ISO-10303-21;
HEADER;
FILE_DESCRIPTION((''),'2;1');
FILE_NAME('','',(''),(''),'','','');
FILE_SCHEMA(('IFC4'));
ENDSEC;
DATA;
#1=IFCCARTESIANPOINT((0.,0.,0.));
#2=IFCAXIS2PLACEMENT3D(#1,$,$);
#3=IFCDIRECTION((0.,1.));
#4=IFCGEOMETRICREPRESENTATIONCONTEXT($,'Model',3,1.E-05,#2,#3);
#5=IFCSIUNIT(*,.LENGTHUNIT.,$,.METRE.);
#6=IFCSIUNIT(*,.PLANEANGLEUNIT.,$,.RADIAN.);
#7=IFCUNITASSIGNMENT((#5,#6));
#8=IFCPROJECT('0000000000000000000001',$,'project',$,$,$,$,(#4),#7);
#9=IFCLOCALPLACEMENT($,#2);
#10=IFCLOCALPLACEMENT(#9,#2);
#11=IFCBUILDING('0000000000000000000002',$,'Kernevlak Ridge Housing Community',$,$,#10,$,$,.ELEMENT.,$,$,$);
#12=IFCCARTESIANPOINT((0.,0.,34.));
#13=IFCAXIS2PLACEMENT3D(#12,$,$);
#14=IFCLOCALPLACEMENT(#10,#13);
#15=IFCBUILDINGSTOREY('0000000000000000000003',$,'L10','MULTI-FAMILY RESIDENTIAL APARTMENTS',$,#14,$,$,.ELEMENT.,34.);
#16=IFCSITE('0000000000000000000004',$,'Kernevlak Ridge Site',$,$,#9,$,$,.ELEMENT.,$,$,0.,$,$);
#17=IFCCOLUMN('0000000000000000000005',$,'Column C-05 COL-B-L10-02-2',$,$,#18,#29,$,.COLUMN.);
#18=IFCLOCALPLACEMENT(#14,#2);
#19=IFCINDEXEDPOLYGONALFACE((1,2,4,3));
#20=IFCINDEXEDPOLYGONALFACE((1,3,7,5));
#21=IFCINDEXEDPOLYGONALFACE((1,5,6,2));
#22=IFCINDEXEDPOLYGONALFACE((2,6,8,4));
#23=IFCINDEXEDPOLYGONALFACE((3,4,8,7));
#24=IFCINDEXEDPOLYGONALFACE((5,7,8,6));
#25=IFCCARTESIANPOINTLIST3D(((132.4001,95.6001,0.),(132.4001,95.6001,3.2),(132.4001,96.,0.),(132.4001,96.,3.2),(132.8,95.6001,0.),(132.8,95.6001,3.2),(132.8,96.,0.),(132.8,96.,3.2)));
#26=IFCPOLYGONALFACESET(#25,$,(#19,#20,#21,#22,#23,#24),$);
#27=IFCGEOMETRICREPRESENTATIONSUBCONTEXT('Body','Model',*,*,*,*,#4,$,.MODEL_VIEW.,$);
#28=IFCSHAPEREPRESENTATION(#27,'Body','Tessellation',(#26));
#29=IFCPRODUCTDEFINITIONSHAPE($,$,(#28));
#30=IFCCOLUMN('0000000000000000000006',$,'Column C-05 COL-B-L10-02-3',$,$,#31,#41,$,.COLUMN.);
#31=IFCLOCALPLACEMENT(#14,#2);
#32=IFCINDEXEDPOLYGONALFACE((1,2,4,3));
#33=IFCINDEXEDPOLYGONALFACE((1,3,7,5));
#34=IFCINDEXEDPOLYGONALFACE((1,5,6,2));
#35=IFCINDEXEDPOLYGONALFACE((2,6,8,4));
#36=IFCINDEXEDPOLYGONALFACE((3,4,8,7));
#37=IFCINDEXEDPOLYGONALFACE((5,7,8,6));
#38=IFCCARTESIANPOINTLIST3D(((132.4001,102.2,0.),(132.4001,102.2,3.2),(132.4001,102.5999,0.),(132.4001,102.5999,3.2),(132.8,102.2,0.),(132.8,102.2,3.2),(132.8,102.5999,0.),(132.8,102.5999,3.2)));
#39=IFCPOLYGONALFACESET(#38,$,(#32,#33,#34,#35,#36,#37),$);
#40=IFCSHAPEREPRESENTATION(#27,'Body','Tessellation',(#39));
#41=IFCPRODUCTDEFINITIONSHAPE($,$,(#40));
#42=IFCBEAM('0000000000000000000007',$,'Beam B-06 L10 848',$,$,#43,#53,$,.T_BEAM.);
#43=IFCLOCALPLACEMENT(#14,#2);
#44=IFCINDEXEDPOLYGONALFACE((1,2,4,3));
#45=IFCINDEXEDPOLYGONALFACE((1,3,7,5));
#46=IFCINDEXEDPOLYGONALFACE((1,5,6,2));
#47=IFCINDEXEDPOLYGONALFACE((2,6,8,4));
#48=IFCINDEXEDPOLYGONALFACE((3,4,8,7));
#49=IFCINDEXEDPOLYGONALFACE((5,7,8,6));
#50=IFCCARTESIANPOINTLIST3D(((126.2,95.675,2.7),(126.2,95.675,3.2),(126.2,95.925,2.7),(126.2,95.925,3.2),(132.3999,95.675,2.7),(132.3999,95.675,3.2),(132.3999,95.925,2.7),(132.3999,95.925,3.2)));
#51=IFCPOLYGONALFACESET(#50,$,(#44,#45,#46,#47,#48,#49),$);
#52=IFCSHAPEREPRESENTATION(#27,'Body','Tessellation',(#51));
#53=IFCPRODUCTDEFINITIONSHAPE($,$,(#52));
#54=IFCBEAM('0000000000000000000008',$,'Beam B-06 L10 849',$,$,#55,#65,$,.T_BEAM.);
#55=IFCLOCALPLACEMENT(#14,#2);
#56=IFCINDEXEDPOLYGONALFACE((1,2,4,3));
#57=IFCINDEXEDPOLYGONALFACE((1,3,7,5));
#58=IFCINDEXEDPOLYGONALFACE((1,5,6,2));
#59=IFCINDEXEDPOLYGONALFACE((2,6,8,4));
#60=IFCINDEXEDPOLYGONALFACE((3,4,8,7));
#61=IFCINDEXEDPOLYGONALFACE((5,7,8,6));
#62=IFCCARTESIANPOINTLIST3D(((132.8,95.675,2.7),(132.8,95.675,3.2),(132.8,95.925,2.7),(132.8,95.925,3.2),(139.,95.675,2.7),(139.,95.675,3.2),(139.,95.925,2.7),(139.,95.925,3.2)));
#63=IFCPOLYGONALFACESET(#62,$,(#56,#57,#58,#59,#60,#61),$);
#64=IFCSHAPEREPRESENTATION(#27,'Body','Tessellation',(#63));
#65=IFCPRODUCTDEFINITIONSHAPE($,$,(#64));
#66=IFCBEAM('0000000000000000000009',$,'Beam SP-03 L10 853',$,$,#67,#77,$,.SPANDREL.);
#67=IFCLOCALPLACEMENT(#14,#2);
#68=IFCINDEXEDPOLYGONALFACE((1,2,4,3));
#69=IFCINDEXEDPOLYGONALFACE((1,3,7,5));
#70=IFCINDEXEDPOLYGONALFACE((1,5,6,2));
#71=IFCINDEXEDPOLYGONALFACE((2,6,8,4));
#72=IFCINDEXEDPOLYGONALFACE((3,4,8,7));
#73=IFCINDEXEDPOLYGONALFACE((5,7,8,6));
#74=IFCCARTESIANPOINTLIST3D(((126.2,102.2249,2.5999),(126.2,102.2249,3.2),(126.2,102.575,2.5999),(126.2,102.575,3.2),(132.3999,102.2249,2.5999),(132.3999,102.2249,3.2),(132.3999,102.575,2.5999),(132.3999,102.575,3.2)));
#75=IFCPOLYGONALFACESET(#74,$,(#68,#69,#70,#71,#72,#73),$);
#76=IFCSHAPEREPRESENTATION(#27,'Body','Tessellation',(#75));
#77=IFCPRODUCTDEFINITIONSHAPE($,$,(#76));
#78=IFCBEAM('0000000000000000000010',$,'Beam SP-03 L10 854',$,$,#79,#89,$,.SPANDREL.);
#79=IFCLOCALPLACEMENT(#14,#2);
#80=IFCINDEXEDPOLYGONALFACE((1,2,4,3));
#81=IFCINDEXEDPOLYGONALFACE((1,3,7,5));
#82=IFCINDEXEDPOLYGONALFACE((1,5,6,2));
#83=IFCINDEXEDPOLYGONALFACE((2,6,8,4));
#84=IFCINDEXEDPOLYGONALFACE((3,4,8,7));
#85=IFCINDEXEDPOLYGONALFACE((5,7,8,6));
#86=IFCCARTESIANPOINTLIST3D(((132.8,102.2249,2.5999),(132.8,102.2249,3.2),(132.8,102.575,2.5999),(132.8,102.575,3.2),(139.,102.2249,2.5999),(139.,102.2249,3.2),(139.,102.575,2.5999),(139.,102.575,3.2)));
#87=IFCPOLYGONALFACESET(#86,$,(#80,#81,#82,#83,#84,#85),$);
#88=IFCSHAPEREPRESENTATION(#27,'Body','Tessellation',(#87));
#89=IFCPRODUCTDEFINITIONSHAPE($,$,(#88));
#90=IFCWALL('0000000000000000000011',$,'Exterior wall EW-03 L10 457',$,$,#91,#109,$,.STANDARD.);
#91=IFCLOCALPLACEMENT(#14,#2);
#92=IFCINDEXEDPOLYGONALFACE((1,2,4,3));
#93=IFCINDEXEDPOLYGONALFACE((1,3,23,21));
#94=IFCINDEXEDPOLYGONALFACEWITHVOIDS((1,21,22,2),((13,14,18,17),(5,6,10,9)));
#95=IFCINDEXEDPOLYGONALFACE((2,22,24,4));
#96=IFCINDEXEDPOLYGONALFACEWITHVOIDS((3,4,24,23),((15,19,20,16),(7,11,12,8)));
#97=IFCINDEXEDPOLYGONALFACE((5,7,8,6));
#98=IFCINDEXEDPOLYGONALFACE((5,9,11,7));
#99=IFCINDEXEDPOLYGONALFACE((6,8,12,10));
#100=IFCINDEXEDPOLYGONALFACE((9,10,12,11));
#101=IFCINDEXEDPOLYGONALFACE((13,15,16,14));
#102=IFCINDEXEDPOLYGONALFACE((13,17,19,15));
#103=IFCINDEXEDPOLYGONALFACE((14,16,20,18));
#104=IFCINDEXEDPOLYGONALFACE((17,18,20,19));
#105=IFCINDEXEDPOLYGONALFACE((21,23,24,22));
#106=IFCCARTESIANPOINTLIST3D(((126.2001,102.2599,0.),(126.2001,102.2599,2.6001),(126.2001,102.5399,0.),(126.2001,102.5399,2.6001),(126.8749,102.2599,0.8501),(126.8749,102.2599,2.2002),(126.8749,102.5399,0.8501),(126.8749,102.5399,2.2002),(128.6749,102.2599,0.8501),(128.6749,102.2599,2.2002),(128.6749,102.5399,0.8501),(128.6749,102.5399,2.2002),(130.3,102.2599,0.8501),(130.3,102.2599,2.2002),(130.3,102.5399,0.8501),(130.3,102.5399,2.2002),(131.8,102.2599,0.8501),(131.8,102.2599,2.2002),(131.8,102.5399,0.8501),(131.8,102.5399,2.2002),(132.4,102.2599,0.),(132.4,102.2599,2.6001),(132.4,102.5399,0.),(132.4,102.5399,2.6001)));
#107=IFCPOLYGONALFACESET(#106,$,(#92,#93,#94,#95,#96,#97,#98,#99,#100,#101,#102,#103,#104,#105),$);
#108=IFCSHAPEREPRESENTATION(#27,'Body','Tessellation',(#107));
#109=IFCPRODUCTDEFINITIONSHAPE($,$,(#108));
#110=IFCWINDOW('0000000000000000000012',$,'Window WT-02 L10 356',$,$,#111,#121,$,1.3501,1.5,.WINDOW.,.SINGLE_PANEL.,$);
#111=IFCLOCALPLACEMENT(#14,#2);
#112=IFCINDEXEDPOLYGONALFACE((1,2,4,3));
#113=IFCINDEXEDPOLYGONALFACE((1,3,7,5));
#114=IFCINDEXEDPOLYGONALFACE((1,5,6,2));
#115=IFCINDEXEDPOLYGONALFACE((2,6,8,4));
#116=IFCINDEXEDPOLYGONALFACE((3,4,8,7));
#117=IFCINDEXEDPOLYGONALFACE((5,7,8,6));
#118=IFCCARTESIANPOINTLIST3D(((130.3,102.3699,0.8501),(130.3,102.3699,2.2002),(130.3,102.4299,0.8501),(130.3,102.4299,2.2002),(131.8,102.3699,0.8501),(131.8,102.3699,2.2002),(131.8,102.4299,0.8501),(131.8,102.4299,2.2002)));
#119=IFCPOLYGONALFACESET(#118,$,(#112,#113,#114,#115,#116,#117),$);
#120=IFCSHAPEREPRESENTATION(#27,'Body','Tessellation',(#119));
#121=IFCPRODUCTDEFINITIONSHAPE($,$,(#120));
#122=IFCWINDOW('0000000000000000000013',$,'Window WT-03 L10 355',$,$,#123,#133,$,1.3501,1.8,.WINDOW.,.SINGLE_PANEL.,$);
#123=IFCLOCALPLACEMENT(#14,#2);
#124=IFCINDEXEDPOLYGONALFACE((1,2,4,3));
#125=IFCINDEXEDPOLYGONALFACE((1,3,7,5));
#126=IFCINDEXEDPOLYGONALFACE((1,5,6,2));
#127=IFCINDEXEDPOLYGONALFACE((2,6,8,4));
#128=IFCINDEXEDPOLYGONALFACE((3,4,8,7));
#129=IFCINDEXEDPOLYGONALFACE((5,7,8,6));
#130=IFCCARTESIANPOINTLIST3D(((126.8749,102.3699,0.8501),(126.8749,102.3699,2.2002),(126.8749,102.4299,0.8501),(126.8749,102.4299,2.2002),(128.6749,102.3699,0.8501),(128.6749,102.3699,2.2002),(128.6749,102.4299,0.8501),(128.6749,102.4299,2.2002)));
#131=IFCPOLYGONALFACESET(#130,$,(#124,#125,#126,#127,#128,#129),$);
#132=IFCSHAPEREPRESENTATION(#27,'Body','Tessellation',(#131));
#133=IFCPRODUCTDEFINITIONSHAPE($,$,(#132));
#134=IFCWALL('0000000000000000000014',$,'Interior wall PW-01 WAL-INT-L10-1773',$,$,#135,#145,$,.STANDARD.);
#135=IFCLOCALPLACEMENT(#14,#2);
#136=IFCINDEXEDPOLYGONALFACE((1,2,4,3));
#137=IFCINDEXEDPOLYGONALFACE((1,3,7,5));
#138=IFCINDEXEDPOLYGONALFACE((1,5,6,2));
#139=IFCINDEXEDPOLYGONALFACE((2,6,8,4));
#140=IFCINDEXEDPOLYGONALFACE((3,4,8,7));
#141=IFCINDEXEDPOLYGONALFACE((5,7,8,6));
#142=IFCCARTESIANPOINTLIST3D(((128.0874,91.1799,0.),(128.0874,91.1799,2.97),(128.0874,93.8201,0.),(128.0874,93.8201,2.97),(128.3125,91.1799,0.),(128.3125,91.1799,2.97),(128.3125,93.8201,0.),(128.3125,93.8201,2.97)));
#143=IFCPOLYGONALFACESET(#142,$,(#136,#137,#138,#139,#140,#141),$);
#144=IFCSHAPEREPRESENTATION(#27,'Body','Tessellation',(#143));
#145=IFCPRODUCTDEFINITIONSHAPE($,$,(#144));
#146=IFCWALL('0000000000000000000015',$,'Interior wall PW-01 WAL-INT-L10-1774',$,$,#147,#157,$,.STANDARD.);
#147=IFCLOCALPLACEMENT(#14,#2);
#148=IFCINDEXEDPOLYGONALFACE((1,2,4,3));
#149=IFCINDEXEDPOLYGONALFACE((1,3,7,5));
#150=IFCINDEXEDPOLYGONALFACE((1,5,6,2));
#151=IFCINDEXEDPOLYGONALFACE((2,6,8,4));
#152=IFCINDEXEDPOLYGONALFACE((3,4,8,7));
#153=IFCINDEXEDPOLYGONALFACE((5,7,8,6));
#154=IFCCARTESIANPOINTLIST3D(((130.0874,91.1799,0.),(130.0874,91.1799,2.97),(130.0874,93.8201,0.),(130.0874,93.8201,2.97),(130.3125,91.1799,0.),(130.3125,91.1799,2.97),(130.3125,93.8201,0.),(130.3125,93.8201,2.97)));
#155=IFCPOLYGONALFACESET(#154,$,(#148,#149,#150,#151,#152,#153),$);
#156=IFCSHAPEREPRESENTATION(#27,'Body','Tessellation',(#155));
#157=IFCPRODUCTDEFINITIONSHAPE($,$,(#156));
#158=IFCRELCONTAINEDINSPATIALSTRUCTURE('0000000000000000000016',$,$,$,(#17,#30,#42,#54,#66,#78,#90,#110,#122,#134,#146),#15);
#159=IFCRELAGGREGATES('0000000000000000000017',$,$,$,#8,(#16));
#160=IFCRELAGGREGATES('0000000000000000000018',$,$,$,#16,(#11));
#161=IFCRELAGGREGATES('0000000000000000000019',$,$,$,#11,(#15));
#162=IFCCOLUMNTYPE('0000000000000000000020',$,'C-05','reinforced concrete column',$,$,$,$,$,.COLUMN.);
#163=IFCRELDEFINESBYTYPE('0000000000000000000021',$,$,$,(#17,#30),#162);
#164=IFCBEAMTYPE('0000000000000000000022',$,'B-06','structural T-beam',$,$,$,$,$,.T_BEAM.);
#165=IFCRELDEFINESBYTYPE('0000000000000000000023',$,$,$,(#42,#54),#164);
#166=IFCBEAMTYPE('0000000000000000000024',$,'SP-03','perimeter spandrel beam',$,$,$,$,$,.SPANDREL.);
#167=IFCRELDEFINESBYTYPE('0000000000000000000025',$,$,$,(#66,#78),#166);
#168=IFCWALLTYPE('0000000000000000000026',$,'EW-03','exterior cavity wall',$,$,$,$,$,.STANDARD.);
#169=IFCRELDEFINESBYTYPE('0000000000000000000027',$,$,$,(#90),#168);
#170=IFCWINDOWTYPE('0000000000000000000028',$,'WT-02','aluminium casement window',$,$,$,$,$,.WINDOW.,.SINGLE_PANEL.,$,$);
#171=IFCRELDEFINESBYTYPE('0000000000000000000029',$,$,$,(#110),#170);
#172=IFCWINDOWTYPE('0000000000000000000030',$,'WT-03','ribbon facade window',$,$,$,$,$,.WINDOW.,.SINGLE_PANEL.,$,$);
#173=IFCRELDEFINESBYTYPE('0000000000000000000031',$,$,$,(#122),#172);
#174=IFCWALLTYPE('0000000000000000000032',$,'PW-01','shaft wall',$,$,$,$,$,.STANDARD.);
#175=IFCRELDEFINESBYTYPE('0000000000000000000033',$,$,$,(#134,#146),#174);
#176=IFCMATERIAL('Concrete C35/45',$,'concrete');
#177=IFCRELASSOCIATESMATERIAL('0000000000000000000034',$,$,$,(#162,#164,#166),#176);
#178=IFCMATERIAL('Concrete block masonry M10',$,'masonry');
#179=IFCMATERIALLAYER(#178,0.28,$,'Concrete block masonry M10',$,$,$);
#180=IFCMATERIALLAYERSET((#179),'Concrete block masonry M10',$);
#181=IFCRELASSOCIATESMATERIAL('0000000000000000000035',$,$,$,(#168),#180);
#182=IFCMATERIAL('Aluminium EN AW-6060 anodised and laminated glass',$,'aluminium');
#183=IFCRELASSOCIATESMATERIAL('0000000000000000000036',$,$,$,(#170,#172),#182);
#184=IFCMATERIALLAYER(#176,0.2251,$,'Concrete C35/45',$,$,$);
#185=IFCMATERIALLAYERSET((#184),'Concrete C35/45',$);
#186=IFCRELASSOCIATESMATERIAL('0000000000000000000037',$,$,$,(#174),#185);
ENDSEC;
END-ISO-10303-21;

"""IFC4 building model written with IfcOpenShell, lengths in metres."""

from ifc_helpers import new_model, si_unit, direction, frame, frame_2d, origin, origin_2d, place, context, subcontext, project, spatial, rectangle, extrude, material, layer, layer_set, material_profile, profile_set, type_object, element, fill, save


model = new_model("IFC4")

# Units and contexts
model_context = context("Model", 3, precision=1e-05, world=origin(), true_north=direction((0.0, 1.0)))
body_context = subcontext(model_context, "Body", "Model", "MODEL_VIEW")
ifc_project = project(units=[si_unit("LENGTHUNIT", "METRE"), si_unit("PLANEANGLEUNIT", "RADIAN")], contexts=[model_context])

# Site, building, storey
site_placement = place(None, origin())
site = spatial("IfcSite", under=ifc_project, at=site_placement, Name="Kernevlak Ridge Site", CompositionType="ELEMENT", RefElevation=0.0)
building_placement = place(site_placement, origin())
building = spatial("IfcBuilding", under=site, at=building_placement, Name="Kernevlak Ridge Housing Community", CompositionType="ELEMENT")
storey_placement = place(building_placement, frame((0.0, 0.0, 34.0)))
storey = spatial("IfcBuildingStorey", under=building, at=storey_placement, Name="L10", Description="MULTI-FAMILY RESIDENTIAL APARTMENTS", CompositionType="ELEMENT", Elevation=34.0)

# Columns
ifc_material_1 = material(Name="Concrete C35/45", Category="concrete")
ifc_material_profile_1 = material_profile(ifc_material_1, rectangle(XDim=0.3999, YDim=0.3999, at=origin_2d()), Name="RC 400x400")
ifc_profile_set_1 = profile_set([ifc_material_profile_1], Name="Concrete C35/45")
column_type = type_object("IfcColumnType", Name="C-05", Description="reinforced concrete column", PredefinedType="COLUMN", material=ifc_profile_set_1)
for number, where, z_axis, x_axis, name in (
    (1, (132.6001, 95.8, 0.0), (0.0, 0.0, 1.0), (1.0, 0.0, 0.0), "Column C-05 COL-B-L10-02-2"),
    (2, (132.6001, 102.3999, 0.0), (0.0, 0.0, 1.0), (1.0, 0.0, 0.0), "Column C-05 COL-B-L10-02-3"),
):
    element("IfcColumn", number, at=place(storey_placement, frame(where, z_axis=z_axis, x_axis=x_axis)), inside=storey, type_object=column_type, Name=name, PredefinedType="COLUMN", context=body_context, shape_type="SweptSolid", body=[
        extrude(rectangle(XDim=0.3999, YDim=0.3999, at=origin_2d()), origin(), (0.0, 0.0, 1.0), 3.2),
    ])

# Beams
ifc_material_profile_2 = material_profile(ifc_material_1, rectangle(XDim=0.25, YDim=0.5, at=origin_2d()), Name="RC 250x500")
ifc_profile_set_2 = profile_set([ifc_material_profile_2], Name="Concrete C35/45")
beam_type_1 = type_object("IfcBeamType", Name="B-06", Description="structural T-beam", PredefinedType="T_BEAM", material=ifc_profile_set_2)
for number, where, z_axis, x_axis, name in (
    (3, (126.2, 95.8, 2.95), (1.0, 0.0, 0.0), (0.0, 1.0, 0.0), "Beam B-06 L10 848"),
    (4, (132.8, 95.8, 2.95), (1.0, 0.0, 0.0), (0.0, 1.0, 0.0), "Beam B-06 L10 849"),
):
    element("IfcBeam", number, at=place(storey_placement, frame(where, z_axis=z_axis, x_axis=x_axis)), inside=storey, type_object=beam_type_1, Name=name, PredefinedType="T_BEAM", context=body_context, shape_type="SweptSolid", body=[
        extrude(rectangle(XDim=0.25, YDim=0.5, at=origin_2d()), origin(), (0.0, 0.0, 1.0), 6.2),
    ])
ifc_material_profile_3 = material_profile(ifc_material_1, rectangle(XDim=0.3501, YDim=0.6001, at=origin_2d()), Name="RC 350x600")
ifc_profile_set_3 = profile_set([ifc_material_profile_3], Name="Concrete C35/45")
beam_type_2 = type_object("IfcBeamType", Name="SP-03", Description="perimeter spandrel beam", PredefinedType="SPANDREL", material=ifc_profile_set_3)
for number, where, z_axis, x_axis, name in (
    (5, (126.2, 102.3999, 2.8999), (1.0, 0.0, 0.0), (0.0, 1.0, 0.0), "Beam SP-03 L10 853"),
    (6, (132.8, 102.3999, 2.8999), (1.0, 0.0, 0.0), (0.0, 1.0, 0.0), "Beam SP-03 L10 854"),
):
    element("IfcBeam", number, at=place(storey_placement, frame(where, z_axis=z_axis, x_axis=x_axis)), inside=storey, type_object=beam_type_2, Name=name, PredefinedType="SPANDREL", context=body_context, shape_type="SweptSolid", body=[
        extrude(rectangle(XDim=0.3501, YDim=0.6001, at=origin_2d()), origin(), (0.0, 0.0, 1.0), 6.2),
    ])

# Wall, openings, windows
ifc_material_2 = material(Name="Concrete block masonry M10", Category="masonry")
ifc_layer_1 = layer(ifc_material_2, 0.28, Name="Concrete block masonry M10")
ifc_layer_set_1 = layer_set([ifc_layer_1], Name="Concrete block masonry M10")
wall_type_1 = type_object("IfcWallType", Name="EW-03", Description="exterior cavity wall", PredefinedType="STANDARD", material=ifc_layer_set_1)
wall_1_placement = place(storey_placement, frame((126.2, 102.3999, 0.0), z_axis=(0.0, 0.0, 1.0), x_axis=(1.0, 0.0, 0.0)))
wall_1 = element("IfcWall", 7, at=wall_1_placement, inside=storey, type_object=wall_type_1, Name="Exterior wall EW-03 L10 457", PredefinedType="STANDARD", context=body_context, shape_type="SweptSolid", body=[
    extrude(rectangle(XDim=6.2, YDim=0.28, at=frame_2d((3.1001, 0.0))), origin(), (0.0, 0.0, 1.0), 2.6001),
])
opening_1_placement = place(wall_1_placement, frame((0.675, 0.0, 0.8501)))
opening_1 = element("IfcOpeningElement", 8, at=opening_1_placement, cuts=wall_1, PredefinedType="OPENING", context=body_context, shape_type="SweptSolid", body=[
    extrude(rectangle(XDim=1.8, YDim=1.3501, at=frame_2d((0.8999, 0.675))), frame((0.0, 0.1499, 0.0), z_axis=(0.0, -1.0, 0.0), x_axis=(1.0, 0.0, 0.0)), (0.0, 0.0, 1.0), 0.3),
])
opening_2_placement = place(wall_1_placement, frame((4.1001, 0.0, 0.8501)))
opening_2 = element("IfcOpeningElement", 9, at=opening_2_placement, cuts=wall_1, PredefinedType="OPENING", context=body_context, shape_type="SweptSolid", body=[
    extrude(rectangle(XDim=1.5, YDim=1.3501, at=frame_2d((0.75, 0.675))), frame((0.0, 0.1499, 0.0), z_axis=(0.0, -1.0, 0.0), x_axis=(1.0, 0.0, 0.0)), (0.0, 0.0, 1.0), 0.3),
])
ifc_material_3 = material(Name="Aluminium EN AW-6060 anodised and laminated glass", Category="aluminium")
window_type_1 = type_object("IfcWindowType", Name="WT-02", Description="aluminium casement window", PartitioningType="SINGLE_PANEL", PredefinedType="WINDOW", material=ifc_material_3)
window_1_placement = place(opening_2_placement, origin())
window_1 = element("IfcWindow", 10, at=window_1_placement, inside=storey, type_object=window_type_1, Name="Window WT-02 L10 356", OverallHeight=1.3501, OverallWidth=1.5, PartitioningType="SINGLE_PANEL", PredefinedType="WINDOW", context=body_context, shape_type="SweptSolid", body=[
    extrude(rectangle(XDim=1.5, YDim=1.3501, at=frame_2d((0.75, 0.675))), frame((0.0, 0.03, 0.0), z_axis=(0.0, -1.0, 0.0), x_axis=(1.0, 0.0, 0.0)), (0.0, 0.0, 1.0), 0.0601),
])
fill(opening_2, window_1)
window_type_2 = type_object("IfcWindowType", Name="WT-03", Description="ribbon facade window", PartitioningType="SINGLE_PANEL", PredefinedType="WINDOW", material=ifc_material_3)
window_2_placement = place(opening_1_placement, origin())
window_2 = element("IfcWindow", 11, at=window_2_placement, inside=storey, type_object=window_type_2, Name="Window WT-03 L10 355", OverallHeight=1.3501, OverallWidth=1.8, PartitioningType="SINGLE_PANEL", PredefinedType="WINDOW", context=body_context, shape_type="SweptSolid", body=[
    extrude(rectangle(XDim=1.8, YDim=1.3501, at=frame_2d((0.8999, 0.675))), frame((0.0, 0.03, 0.0), z_axis=(0.0, -1.0, 0.0), x_axis=(1.0, 0.0, 0.0)), (0.0, 0.0, 1.0), 0.0601),
])
fill(opening_1, window_2)

# Walls
ifc_layer_2 = layer(ifc_material_1, 0.2251, Name="Concrete C35/45")
ifc_layer_set_2 = layer_set([ifc_layer_2], Name="Concrete C35/45")
wall_type_2 = type_object("IfcWallType", Name="PW-01", Description="shaft wall", PredefinedType="STANDARD", material=ifc_layer_set_2)
for number, where, z_axis, x_axis, name in (
    (12, (128.2, 91.1799, 0.0), (0.0, 0.0, 1.0), (0.0, 1.0, 0.0), "Interior wall PW-01 WAL-INT-L10-1773"),
    (13, (130.2, 91.1799, 0.0), (0.0, 0.0, 1.0), (0.0, 1.0, 0.0), "Interior wall PW-01 WAL-INT-L10-1774"),
):
    element("IfcWall", number, at=place(storey_placement, frame(where, z_axis=z_axis, x_axis=x_axis)), inside=storey, type_object=wall_type_2, Name=name, PredefinedType="STANDARD", context=body_context, shape_type="SweptSolid", body=[
        extrude(rectangle(XDim=2.6401, YDim=0.2251, at=frame_2d((1.3201, 0.0))), origin(), (0.0, 0.0, 1.0), 2.97),
    ])

save(model, "model.ifc")
